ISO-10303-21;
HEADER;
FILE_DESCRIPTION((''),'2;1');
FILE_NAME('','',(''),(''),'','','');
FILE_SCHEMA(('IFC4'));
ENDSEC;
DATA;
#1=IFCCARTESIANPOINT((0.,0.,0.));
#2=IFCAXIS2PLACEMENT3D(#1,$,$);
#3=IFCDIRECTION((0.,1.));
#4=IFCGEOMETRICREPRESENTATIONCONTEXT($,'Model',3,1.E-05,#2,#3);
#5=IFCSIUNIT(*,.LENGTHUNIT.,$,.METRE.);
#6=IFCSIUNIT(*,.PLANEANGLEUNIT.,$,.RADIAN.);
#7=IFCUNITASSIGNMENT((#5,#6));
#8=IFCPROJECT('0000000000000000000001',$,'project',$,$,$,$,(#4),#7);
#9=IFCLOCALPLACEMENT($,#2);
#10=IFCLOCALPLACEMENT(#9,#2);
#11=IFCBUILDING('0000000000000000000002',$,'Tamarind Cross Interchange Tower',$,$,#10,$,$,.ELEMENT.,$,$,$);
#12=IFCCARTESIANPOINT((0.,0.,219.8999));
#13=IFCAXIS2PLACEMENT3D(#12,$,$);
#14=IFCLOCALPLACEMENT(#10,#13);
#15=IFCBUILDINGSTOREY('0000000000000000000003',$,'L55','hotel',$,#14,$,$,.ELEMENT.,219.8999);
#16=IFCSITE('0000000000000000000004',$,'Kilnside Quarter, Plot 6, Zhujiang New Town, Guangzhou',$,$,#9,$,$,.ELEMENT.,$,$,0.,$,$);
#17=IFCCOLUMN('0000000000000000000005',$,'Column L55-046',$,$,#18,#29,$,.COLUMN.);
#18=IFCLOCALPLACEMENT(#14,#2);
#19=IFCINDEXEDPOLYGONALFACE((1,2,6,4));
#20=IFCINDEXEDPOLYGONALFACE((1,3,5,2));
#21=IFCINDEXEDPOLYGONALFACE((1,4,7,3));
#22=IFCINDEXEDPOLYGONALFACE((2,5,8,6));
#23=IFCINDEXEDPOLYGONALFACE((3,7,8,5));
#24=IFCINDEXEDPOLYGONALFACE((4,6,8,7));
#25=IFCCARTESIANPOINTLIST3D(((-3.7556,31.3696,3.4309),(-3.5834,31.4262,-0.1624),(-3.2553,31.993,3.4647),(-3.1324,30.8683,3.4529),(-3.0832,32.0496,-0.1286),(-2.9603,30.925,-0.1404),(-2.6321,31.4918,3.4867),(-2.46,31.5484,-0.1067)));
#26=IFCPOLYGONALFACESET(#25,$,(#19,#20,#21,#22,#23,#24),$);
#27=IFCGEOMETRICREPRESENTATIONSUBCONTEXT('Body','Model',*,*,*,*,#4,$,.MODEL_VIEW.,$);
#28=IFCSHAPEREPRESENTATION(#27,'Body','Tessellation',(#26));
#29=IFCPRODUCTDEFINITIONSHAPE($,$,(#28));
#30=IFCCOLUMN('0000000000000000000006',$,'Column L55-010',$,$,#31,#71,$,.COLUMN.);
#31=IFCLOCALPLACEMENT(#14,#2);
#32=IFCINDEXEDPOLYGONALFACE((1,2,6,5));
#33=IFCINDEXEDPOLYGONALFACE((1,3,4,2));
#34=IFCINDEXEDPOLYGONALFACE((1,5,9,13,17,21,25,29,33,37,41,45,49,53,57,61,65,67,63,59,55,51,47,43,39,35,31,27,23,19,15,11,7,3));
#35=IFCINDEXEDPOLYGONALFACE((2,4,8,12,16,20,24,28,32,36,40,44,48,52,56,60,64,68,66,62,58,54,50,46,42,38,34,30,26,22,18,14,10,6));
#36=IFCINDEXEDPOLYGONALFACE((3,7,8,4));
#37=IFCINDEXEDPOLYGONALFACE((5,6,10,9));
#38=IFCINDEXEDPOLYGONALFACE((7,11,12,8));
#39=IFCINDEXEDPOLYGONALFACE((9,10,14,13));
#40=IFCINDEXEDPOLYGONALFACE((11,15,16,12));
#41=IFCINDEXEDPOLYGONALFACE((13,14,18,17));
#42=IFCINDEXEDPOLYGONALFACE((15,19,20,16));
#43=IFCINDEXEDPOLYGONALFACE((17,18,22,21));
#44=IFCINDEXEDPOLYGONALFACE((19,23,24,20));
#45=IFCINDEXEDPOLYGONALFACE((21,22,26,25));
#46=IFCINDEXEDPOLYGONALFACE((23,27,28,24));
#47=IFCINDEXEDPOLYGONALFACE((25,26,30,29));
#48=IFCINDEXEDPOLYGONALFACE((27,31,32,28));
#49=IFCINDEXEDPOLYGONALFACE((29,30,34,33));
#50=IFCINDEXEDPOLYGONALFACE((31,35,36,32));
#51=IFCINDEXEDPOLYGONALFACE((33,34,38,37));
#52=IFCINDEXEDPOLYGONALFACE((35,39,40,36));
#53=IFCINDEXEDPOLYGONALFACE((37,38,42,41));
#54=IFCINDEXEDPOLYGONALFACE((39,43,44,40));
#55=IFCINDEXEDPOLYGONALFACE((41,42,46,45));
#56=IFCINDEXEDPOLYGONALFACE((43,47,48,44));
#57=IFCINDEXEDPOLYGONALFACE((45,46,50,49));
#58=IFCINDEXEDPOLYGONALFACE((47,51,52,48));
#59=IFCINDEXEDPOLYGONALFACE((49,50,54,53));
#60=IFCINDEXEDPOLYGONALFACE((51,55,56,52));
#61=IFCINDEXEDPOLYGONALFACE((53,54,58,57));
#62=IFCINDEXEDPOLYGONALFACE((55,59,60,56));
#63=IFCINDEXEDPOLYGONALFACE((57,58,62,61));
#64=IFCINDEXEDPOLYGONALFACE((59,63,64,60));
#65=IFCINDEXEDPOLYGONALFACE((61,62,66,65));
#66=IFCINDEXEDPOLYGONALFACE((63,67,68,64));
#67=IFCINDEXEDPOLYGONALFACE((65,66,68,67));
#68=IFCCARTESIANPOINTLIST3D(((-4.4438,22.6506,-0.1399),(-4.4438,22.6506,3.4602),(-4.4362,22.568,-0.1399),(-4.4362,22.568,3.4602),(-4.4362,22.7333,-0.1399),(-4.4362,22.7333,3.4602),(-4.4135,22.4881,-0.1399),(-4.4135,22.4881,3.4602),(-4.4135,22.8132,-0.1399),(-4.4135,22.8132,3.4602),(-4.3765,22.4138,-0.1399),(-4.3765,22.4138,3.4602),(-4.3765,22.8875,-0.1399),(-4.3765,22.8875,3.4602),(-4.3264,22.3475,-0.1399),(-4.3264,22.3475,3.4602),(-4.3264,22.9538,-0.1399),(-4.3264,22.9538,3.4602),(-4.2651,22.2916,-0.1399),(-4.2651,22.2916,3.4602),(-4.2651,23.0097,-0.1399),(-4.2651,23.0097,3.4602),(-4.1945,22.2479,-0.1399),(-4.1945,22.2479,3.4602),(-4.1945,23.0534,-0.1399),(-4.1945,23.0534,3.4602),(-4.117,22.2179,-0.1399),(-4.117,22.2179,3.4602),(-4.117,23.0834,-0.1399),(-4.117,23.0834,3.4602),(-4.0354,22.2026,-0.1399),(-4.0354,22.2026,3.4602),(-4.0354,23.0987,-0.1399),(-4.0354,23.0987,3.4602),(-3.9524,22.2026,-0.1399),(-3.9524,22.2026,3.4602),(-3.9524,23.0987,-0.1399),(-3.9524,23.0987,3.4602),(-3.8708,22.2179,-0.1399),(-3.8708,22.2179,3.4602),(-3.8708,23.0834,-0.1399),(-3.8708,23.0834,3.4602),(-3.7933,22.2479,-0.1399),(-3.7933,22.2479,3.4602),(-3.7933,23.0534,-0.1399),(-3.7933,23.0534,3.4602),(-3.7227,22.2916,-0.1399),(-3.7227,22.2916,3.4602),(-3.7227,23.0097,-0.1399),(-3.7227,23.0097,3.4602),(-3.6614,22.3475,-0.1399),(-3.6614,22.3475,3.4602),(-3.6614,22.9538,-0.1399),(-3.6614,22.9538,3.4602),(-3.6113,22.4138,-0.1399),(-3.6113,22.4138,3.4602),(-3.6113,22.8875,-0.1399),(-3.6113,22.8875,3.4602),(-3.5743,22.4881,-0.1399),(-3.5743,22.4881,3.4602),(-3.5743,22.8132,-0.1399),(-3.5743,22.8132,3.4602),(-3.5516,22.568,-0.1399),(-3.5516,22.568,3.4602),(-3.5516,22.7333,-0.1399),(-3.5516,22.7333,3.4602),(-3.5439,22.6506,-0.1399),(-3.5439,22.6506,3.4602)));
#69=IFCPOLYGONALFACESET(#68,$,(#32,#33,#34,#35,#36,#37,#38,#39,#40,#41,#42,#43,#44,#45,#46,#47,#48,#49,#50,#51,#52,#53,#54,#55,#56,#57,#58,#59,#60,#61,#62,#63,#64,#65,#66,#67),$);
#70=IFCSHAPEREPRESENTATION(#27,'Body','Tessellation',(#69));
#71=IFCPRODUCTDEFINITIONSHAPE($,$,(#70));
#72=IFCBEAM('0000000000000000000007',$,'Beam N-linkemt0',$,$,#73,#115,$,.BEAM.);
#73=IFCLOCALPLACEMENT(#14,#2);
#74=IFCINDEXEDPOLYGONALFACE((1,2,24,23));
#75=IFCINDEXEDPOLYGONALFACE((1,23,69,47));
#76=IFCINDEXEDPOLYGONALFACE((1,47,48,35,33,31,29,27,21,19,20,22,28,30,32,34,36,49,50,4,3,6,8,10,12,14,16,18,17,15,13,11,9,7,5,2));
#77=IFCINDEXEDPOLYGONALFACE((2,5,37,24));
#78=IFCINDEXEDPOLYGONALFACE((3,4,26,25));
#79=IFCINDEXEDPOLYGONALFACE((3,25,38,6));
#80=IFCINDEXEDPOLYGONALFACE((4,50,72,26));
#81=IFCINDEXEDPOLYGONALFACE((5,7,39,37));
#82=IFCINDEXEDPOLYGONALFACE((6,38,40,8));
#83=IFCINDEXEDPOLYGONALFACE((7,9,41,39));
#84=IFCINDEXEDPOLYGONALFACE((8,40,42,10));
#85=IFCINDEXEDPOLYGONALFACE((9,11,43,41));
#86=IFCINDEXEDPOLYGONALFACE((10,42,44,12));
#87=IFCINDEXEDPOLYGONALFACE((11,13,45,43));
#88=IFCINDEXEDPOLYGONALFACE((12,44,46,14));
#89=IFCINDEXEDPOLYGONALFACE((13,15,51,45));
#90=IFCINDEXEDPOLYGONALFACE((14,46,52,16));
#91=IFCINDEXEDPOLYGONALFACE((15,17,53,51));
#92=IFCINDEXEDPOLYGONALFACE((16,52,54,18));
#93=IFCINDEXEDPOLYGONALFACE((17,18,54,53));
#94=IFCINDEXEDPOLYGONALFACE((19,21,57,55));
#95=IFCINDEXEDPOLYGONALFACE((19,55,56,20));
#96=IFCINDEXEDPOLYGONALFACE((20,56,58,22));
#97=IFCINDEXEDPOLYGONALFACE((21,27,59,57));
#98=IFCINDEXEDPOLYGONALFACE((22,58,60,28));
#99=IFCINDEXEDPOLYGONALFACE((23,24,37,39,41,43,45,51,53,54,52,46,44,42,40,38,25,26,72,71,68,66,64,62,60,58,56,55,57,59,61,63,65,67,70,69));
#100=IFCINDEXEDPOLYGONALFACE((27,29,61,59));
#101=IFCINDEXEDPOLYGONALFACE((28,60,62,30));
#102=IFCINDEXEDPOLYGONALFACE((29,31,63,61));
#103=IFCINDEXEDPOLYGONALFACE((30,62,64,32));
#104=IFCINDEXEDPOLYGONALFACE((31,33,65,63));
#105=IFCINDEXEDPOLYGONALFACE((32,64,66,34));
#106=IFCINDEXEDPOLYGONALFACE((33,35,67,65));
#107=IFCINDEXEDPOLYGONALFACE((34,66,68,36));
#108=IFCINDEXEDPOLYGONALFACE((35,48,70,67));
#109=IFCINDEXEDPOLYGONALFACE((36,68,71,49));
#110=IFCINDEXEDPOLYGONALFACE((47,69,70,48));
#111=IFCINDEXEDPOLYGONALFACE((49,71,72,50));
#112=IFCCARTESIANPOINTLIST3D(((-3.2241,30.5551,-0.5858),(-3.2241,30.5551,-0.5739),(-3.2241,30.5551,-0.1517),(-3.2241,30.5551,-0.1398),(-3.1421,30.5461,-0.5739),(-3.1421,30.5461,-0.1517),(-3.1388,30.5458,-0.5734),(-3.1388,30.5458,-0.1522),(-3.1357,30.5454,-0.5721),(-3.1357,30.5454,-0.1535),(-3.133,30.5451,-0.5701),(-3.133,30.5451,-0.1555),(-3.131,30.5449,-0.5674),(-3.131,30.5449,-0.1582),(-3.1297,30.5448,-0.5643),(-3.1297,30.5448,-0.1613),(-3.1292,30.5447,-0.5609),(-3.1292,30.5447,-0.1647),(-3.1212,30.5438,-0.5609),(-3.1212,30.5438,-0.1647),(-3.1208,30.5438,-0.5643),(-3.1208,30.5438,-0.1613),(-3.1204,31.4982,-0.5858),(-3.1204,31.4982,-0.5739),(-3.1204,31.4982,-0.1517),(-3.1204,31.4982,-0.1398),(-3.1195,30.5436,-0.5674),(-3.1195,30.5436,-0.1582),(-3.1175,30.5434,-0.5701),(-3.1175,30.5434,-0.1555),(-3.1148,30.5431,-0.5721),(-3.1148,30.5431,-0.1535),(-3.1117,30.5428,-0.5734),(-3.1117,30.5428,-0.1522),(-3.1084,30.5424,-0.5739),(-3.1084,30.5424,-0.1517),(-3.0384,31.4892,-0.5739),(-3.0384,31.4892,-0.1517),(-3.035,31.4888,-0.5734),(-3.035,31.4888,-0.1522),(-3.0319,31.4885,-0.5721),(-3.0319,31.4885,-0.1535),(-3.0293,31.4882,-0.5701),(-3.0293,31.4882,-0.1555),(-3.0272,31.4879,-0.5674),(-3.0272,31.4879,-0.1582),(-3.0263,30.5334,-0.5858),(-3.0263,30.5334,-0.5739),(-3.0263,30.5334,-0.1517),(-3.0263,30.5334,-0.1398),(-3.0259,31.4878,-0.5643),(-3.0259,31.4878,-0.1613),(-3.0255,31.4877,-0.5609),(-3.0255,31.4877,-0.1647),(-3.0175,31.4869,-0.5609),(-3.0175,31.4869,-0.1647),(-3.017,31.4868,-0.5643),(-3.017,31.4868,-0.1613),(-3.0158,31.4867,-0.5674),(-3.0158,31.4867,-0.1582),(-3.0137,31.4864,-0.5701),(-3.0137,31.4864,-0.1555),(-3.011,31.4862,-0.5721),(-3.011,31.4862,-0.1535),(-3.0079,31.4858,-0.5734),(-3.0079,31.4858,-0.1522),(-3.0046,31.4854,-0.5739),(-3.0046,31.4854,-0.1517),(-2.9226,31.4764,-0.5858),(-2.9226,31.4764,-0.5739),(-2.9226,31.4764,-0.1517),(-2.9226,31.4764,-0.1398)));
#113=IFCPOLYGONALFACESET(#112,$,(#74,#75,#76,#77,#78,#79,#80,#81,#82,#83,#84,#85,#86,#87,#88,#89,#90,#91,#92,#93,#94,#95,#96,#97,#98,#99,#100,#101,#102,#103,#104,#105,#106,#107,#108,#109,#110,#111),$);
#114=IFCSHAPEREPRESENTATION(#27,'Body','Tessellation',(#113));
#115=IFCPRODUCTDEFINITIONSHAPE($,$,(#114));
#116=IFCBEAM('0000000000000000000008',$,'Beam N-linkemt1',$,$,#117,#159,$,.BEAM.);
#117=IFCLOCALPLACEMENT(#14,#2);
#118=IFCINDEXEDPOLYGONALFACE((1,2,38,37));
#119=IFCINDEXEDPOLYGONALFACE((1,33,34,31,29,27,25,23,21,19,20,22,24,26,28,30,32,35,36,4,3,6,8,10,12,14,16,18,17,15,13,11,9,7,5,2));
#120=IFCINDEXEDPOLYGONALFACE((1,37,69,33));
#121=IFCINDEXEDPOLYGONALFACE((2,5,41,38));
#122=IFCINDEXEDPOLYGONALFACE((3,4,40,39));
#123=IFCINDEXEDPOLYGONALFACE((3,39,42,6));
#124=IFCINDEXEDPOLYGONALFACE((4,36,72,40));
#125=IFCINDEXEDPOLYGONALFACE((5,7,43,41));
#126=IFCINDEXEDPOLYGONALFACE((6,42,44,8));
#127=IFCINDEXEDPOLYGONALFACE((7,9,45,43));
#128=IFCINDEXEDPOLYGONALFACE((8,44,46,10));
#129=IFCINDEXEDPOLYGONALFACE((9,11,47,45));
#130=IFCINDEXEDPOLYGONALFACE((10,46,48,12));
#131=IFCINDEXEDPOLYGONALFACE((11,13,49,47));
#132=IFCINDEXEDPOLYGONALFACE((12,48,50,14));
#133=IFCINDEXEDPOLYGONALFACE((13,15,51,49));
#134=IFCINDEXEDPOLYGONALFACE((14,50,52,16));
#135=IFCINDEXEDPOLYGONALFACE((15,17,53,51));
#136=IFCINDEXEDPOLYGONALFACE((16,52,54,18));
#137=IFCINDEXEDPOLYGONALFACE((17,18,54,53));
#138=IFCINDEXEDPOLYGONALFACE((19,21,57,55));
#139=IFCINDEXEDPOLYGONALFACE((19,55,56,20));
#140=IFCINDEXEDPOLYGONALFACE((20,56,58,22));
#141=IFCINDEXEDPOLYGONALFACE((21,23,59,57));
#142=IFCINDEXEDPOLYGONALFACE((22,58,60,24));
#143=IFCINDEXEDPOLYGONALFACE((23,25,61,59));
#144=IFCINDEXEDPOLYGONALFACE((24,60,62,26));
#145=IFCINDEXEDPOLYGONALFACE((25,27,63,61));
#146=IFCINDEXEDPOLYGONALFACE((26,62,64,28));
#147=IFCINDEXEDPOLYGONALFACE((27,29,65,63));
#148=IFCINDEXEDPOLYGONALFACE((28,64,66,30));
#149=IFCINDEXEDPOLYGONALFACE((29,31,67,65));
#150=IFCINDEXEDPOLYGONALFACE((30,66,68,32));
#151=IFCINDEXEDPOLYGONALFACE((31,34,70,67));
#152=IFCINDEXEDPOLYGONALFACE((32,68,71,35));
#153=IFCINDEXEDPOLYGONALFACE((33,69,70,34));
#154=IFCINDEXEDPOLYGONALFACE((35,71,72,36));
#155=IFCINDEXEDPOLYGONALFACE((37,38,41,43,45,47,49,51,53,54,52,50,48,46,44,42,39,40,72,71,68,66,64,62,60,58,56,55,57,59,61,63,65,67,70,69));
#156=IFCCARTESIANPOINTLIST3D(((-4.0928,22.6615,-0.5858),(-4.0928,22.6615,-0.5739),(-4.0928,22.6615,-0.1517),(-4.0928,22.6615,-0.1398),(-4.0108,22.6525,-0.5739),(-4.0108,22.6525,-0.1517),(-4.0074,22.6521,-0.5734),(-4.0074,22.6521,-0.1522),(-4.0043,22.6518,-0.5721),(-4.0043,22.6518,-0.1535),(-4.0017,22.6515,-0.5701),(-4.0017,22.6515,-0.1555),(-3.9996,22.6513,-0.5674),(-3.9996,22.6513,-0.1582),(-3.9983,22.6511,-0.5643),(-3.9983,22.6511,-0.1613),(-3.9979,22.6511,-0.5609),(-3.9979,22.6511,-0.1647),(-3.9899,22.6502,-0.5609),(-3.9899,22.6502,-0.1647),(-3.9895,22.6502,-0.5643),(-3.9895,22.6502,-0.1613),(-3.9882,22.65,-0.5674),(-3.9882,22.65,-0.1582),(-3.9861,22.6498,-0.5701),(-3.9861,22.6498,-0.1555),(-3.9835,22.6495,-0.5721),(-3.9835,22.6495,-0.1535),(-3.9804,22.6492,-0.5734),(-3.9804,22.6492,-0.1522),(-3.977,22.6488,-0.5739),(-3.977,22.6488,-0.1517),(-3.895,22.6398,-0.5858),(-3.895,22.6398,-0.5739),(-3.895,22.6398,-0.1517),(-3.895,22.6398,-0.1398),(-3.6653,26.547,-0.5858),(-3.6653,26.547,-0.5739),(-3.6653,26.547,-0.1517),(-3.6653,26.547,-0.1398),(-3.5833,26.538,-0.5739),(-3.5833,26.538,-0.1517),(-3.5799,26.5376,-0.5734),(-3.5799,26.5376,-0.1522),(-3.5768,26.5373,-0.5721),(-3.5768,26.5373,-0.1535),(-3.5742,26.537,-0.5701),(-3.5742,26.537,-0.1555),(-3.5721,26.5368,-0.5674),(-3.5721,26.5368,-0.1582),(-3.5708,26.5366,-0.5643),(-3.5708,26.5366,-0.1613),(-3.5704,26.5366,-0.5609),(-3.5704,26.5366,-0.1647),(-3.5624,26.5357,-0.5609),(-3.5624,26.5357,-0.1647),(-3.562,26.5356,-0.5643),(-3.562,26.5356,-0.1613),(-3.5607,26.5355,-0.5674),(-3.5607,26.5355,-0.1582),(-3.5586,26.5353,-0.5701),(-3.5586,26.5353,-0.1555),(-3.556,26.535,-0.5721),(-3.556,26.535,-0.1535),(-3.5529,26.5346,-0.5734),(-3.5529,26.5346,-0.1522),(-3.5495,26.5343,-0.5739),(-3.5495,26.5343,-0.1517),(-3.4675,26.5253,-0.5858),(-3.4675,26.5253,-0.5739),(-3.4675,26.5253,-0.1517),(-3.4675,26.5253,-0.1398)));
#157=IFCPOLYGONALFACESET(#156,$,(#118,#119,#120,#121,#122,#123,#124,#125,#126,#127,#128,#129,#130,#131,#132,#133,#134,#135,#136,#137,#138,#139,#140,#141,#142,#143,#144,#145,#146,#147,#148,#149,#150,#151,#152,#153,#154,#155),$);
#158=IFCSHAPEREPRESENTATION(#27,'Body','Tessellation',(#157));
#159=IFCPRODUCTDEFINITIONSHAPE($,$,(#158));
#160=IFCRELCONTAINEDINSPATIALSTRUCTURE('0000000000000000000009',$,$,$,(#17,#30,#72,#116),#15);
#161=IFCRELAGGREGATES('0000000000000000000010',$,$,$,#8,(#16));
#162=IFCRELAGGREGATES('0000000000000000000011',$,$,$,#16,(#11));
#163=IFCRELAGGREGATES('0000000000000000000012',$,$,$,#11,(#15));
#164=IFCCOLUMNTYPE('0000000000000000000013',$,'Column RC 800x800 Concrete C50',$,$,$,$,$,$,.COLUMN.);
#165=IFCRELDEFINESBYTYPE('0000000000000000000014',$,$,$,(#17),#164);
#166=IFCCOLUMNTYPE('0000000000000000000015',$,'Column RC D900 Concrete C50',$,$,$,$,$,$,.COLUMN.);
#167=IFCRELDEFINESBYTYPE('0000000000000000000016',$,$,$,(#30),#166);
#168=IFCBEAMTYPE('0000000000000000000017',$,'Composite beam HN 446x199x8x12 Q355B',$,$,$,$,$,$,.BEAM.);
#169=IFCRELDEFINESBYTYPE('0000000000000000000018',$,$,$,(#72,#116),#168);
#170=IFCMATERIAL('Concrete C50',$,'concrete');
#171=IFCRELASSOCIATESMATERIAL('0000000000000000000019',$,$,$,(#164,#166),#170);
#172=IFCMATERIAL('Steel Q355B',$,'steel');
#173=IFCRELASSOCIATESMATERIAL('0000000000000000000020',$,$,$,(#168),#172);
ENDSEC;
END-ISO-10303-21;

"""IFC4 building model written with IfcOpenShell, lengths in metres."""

from ifc_helpers import new_model, si_unit, direction, frame, origin, origin_2d, place, context, subcontext, project, spatial, rectangle, circle, i_section, extrude, material, material_profile, profile_set, type_object, element, save


model = new_model("IFC4")

# Units and contexts
model_context = context("Model", 3, precision=1e-05, world=origin(), true_north=direction((0.0, 1.0)))
body_context = subcontext(model_context, "Body", "Model", "MODEL_VIEW")
ifc_project = project(units=[si_unit("LENGTHUNIT", "METRE"), si_unit("PLANEANGLEUNIT", "RADIAN")], contexts=[model_context])

# Site, building, storey
site_placement = place(None, origin())
site = spatial("IfcSite", under=ifc_project, at=site_placement, Name="Kilnside Quarter, Plot 6, Zhujiang New Town, Guangzhou", CompositionType="ELEMENT", RefElevation=0.0)
building_placement = place(site_placement, origin())
building = spatial("IfcBuilding", under=site, at=building_placement, Name="Tamarind Cross Interchange Tower", CompositionType="ELEMENT")
storey_placement = place(building_placement, frame((0.0, 0.0, 219.8999)))
storey = spatial("IfcBuildingStorey", under=building, at=storey_placement, Name="L55", Description="hotel", CompositionType="ELEMENT", Elevation=219.8999)

# Columns
ifc_material_1 = material(Name="Concrete C50", Category="concrete")
ifc_material_profile_1 = material_profile(ifc_material_1, rectangle(XDim=0.8, YDim=0.8, at=origin_2d()), Name="RC 800x800")
ifc_profile_set_1 = profile_set([ifc_material_profile_1], Name="Concrete C50")
column_type_1 = type_object("IfcColumnType", Name="Column RC 800x800 Concrete C50", PredefinedType="COLUMN", material=ifc_profile_set_1)
column_1_placement = place(storey_placement, frame((-3.0217, 31.4873, -0.1345), z_axis=(-0.04784, -0.015743, 0.998731), x_axis=(0.778936, -0.626503, 0.027436)))
element("IfcColumn", 1, at=column_1_placement, inside=storey, type_object=column_type_1, Name="Column L55-046", PredefinedType="COLUMN", context=body_context, shape_type="SweptSolid", body=[
    extrude(rectangle(XDim=0.8, YDim=0.8, at=origin_2d()), origin(), (0.0, 0.0, 1.0), 3.5979),
])
ifc_material_profile_2 = material_profile(ifc_material_1, circle(Radius=0.45, at=origin_2d()), Name="RC D900")
ifc_profile_set_2 = profile_set([ifc_material_profile_2], Name="Concrete C50")
column_type_2 = type_object("IfcColumnType", Name="Column RC D900 Concrete C50", PredefinedType="COLUMN", material=ifc_profile_set_2)
column_2_placement = place(storey_placement, frame((-3.9939, 22.6506, -0.1399), z_axis=(0.0, 0.0, 1.0), x_axis=(1.0, 0.0, 0.0)))
element("IfcColumn", 2, at=column_2_placement, inside=storey, type_object=column_type_2, Name="Column L55-010", PredefinedType="COLUMN", context=body_context, shape_type="SweptSolid", body=[
    extrude(circle(Radius=0.45, at=origin_2d()), origin(), (0.0, 0.0, 1.0), 3.6001),
])

# Beams
ifc_material_2 = material(Name="Steel Q355B", Category="steel")
ifc_material_profile_3 = material_profile(ifc_material_2, i_section(OverallWidth=0.199, OverallDepth=0.446, WebThickness=0.0081, FlangeThickness=0.012, FilletRadius=0.0129, at=origin_2d()), Name="HN 446x199x8x12")
ifc_profile_set_3 = profile_set([ifc_material_profile_3], Name="Steel Q355B")
beam_type_1 = type_object("IfcBeamType", Name="Composite beam HN 446x199x8x12 Q355B", PredefinedType="BEAM", material=ifc_profile_set_3)
beam_1_placement = place(storey_placement, frame((-3.0215, 31.4873, -0.3628), z_axis=(-0.109358, -0.994002, 0.0), x_axis=(0.994002, -0.109358, 0.0)))
element("IfcBeam", 3, at=beam_1_placement, inside=storey, type_object=beam_type_1, Name="Beam N-linkemt0", PredefinedType="BEAM", context=body_context, shape_type="SweptSolid", body=[
    extrude(i_section(OverallWidth=0.199, OverallDepth=0.446, WebThickness=0.0081, FlangeThickness=0.012, FilletRadius=0.0129, at=origin_2d()), origin(), (0.0, 0.0, 1.0), 0.9487),
])
beam_2_placement = place(storey_placement, frame((-3.5664, 26.5361, -0.3628), z_axis=(-0.109362, -0.994002, 0.0), x_axis=(0.994002, -0.109362, 0.0)))
element("IfcBeam", 4, at=beam_2_placement, inside=storey, type_object=beam_type_1, Name="Beam N-linkemt1", PredefinedType="BEAM", context=body_context, shape_type="SweptSolid", body=[
    extrude(i_section(OverallWidth=0.199, OverallDepth=0.446, WebThickness=0.0081, FlangeThickness=0.012, FilletRadius=0.0129, at=origin_2d()), origin(), (0.0, 0.0, 1.0), 3.9089),
])

save(model, "model.ifc")
